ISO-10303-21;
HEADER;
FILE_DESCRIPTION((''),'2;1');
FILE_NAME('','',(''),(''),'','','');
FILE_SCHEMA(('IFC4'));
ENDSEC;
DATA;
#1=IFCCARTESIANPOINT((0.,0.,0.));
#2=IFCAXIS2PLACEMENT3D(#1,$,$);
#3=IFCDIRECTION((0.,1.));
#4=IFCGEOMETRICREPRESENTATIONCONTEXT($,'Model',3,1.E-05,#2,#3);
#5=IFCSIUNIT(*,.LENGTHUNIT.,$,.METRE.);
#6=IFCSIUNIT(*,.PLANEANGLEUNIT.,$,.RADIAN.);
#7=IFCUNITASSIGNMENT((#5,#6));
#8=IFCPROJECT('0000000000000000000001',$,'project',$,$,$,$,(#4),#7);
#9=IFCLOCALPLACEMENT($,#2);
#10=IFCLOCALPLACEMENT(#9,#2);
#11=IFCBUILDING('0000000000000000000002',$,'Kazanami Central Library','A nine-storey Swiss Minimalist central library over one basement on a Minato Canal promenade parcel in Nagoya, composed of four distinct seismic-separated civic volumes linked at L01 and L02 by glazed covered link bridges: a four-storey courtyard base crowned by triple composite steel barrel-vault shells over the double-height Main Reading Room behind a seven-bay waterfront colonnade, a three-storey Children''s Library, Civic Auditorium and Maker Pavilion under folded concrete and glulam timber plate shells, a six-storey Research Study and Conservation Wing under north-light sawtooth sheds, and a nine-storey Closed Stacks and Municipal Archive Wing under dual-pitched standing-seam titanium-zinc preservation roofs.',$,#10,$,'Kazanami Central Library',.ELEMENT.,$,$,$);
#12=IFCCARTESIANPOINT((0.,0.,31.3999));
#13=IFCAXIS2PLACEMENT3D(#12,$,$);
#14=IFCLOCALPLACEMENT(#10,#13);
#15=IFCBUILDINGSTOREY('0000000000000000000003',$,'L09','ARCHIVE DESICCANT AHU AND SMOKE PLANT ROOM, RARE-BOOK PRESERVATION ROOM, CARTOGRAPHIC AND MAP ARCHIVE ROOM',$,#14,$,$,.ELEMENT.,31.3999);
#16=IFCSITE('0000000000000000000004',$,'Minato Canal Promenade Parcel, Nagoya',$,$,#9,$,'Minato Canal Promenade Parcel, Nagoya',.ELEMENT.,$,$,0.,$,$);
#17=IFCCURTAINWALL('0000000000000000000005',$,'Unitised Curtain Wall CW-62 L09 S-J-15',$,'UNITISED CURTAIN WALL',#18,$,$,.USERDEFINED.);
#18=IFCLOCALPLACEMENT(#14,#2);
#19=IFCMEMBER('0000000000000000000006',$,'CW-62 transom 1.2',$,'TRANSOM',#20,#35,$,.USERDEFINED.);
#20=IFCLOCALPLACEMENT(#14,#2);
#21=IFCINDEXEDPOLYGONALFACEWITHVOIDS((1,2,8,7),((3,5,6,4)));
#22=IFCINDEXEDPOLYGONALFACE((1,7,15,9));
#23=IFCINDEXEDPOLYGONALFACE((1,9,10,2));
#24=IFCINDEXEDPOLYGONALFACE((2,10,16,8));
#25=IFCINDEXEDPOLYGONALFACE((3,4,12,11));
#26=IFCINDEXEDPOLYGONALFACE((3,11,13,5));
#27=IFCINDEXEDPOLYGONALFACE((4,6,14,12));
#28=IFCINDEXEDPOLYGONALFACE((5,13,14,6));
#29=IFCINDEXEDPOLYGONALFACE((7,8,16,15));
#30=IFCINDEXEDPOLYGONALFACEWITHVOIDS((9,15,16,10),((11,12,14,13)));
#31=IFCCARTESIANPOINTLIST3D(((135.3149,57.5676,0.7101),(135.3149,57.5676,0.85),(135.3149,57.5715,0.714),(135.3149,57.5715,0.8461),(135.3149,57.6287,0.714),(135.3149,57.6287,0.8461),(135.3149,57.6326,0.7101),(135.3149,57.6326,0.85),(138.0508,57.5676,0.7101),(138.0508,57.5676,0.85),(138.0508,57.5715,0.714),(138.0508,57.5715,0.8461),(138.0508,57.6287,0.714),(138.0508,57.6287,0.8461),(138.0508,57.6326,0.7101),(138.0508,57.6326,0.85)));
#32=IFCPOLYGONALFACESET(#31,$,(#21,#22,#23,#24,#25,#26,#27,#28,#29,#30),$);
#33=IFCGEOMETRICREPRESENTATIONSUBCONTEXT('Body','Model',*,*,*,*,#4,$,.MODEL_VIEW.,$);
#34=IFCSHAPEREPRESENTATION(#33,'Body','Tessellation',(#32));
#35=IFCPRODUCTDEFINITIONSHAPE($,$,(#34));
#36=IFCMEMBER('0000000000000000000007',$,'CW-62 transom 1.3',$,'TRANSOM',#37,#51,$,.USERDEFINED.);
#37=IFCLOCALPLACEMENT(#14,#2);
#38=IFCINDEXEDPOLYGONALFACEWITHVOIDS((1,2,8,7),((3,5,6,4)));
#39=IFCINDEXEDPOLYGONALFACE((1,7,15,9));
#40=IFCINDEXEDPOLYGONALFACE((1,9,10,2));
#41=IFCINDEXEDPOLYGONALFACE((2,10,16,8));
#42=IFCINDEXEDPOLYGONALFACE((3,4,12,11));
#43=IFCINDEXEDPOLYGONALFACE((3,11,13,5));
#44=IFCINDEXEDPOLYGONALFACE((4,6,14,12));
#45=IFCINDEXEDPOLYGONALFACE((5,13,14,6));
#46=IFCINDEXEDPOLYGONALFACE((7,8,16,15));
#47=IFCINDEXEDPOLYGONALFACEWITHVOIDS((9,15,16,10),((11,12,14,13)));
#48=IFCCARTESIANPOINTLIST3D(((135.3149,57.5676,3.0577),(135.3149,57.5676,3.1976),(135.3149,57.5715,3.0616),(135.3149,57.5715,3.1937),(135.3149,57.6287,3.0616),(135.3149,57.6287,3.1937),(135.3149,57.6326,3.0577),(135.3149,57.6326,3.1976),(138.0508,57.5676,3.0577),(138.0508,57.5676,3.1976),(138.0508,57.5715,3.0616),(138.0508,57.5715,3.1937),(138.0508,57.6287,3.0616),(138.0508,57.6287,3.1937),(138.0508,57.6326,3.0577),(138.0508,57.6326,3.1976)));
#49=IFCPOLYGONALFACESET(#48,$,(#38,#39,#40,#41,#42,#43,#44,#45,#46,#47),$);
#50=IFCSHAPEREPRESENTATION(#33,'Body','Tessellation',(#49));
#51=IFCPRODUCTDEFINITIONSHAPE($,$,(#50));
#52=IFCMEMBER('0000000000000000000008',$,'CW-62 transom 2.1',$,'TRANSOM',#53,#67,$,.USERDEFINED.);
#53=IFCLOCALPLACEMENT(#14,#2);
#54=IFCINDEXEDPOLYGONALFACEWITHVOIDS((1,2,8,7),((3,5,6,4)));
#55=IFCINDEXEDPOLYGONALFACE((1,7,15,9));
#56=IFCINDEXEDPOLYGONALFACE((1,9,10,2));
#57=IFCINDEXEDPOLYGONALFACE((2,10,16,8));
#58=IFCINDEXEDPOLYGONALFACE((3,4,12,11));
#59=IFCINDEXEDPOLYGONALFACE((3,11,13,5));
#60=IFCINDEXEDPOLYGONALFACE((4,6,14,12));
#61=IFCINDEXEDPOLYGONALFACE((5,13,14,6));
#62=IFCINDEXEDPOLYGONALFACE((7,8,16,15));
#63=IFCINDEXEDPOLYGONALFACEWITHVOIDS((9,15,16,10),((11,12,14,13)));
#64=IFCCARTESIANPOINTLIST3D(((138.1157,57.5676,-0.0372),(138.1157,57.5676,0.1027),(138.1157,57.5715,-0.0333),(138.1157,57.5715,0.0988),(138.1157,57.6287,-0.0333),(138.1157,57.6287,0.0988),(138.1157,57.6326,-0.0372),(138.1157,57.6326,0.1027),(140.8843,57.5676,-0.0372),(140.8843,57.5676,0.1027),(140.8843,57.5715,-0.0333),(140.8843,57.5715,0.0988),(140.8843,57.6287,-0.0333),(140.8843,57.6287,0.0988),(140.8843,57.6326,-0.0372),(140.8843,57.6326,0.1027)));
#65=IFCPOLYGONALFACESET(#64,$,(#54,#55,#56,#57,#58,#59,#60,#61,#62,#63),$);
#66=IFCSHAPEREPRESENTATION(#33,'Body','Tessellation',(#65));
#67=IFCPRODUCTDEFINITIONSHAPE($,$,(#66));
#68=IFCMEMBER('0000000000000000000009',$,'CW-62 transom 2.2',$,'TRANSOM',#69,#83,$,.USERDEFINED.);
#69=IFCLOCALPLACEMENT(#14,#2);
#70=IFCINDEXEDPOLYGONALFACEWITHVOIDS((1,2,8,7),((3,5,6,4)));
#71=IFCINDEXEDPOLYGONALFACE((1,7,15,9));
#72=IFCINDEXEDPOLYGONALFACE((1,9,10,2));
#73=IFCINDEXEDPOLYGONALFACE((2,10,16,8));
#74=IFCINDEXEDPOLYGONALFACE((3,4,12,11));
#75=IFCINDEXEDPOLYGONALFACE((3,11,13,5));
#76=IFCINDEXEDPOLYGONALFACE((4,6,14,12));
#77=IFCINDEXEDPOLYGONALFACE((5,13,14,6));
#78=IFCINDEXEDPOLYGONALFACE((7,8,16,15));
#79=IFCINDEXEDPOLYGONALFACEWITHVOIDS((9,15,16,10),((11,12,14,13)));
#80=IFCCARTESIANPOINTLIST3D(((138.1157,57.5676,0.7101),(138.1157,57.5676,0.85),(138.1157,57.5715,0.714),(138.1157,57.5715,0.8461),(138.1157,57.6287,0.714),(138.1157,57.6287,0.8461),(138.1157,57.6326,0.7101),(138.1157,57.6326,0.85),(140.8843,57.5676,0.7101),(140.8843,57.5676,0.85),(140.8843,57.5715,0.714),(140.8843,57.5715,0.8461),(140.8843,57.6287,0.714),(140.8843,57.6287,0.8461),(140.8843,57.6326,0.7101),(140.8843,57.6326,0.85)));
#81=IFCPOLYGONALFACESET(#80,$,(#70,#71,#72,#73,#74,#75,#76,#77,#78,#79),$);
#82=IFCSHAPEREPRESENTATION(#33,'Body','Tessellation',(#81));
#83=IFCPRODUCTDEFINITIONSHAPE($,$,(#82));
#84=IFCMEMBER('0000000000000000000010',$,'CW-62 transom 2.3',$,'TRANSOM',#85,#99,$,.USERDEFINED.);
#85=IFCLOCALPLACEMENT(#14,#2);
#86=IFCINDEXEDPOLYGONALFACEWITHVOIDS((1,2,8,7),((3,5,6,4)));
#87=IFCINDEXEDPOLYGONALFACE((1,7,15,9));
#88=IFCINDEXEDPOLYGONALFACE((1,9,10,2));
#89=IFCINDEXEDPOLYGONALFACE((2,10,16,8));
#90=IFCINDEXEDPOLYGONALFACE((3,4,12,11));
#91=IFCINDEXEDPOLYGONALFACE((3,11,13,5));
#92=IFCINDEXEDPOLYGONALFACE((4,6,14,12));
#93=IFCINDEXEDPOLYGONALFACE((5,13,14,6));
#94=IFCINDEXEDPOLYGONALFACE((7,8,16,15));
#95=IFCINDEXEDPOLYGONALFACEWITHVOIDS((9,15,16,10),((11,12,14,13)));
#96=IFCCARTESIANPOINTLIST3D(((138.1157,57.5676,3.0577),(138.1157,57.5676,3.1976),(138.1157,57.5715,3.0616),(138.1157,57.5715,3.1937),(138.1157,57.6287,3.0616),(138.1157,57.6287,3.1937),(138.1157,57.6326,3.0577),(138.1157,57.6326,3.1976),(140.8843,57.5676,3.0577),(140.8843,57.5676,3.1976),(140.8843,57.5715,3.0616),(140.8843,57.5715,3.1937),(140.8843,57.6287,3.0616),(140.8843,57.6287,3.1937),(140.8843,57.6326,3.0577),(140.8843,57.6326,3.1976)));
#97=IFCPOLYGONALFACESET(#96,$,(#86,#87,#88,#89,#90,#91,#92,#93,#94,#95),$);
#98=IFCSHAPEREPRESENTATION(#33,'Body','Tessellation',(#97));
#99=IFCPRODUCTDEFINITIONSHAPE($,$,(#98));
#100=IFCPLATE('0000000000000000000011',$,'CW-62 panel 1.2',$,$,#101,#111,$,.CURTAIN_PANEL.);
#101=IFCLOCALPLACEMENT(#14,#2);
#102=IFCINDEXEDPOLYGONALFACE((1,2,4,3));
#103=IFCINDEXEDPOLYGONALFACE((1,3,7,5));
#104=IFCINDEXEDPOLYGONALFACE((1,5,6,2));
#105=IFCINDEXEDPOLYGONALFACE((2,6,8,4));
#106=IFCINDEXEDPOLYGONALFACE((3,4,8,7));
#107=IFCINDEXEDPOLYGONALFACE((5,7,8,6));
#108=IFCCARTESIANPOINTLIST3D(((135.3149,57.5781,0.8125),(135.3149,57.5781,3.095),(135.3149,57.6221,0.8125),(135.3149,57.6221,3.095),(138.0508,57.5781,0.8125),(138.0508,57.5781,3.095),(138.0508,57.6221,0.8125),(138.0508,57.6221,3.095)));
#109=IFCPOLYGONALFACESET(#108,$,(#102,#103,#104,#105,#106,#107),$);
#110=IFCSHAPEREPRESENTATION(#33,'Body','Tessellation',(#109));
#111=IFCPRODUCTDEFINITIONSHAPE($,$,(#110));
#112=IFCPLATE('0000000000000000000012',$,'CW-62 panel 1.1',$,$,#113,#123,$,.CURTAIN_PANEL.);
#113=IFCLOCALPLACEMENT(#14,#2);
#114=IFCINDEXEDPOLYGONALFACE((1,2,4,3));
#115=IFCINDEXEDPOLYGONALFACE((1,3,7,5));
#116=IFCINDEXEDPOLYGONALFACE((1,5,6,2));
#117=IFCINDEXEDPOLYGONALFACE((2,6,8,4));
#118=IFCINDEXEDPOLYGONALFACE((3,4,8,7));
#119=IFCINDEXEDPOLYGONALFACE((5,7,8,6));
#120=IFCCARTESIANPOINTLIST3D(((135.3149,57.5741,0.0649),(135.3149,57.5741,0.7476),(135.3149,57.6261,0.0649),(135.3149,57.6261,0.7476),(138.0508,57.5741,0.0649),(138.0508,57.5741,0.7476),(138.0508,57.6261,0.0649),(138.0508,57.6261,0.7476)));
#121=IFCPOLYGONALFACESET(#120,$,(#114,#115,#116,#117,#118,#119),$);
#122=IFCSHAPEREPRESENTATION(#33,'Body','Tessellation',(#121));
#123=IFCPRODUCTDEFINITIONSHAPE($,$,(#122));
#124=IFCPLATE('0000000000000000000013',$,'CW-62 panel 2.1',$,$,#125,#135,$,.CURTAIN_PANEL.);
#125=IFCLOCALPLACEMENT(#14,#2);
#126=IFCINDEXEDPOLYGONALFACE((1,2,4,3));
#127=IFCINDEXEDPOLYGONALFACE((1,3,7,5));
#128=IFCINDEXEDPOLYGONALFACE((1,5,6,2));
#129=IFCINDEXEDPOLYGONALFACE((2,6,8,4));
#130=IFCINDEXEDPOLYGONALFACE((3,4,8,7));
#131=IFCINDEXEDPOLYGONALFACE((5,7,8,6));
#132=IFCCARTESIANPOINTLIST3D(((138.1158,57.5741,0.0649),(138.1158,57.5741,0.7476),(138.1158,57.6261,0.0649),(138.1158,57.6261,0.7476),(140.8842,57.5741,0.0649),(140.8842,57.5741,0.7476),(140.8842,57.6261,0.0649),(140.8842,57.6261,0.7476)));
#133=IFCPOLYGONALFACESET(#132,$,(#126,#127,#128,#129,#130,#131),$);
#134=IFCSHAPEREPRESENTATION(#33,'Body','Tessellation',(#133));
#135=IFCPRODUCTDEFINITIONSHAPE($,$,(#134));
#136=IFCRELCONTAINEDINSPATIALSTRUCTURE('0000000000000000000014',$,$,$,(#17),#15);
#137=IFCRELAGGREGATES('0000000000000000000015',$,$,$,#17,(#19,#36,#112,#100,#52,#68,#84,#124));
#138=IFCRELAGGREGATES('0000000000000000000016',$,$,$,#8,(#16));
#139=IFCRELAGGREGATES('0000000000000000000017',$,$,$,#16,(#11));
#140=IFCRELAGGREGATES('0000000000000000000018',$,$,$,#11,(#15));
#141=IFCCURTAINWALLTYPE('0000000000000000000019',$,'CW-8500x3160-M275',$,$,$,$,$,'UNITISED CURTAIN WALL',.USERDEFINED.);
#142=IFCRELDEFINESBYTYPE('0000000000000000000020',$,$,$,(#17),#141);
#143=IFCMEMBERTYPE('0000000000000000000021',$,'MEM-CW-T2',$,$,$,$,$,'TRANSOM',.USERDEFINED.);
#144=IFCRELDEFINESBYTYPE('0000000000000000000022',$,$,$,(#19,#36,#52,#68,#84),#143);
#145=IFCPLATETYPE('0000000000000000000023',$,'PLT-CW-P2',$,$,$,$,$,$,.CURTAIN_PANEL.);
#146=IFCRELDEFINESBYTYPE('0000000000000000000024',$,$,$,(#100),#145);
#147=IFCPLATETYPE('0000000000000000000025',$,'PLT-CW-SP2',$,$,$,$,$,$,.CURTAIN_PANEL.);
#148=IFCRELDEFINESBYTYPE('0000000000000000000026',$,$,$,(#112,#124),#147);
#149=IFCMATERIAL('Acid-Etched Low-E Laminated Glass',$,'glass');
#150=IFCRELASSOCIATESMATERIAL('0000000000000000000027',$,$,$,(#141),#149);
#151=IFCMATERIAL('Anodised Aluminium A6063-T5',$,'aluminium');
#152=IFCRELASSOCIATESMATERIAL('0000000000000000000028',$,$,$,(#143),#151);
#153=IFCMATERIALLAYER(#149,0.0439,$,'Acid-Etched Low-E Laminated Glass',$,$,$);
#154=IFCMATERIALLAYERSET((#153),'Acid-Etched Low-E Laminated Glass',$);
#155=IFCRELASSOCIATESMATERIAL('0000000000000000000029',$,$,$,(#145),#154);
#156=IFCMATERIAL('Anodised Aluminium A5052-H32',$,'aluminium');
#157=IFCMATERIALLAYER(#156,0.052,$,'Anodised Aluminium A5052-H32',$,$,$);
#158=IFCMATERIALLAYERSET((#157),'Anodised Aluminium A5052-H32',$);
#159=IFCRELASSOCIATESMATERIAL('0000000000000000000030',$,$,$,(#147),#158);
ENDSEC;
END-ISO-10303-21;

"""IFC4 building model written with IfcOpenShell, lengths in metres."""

from ifc_helpers import new_model, si_unit, direction, frame, origin, origin_2d, place, context, subcontext, project, spatial, rectangle, hollow_rectangle, extrude, material, layer, layer_set, material_profile, profile_set, type_object, element, aggregate, save


model = new_model("IFC4")

# Units and contexts
model_context = context("Model", 3, precision=1e-05, world=origin(), true_north=direction((0.0, 1.0)))
body_context = subcontext(model_context, "Body", "Model", "MODEL_VIEW")
ifc_project = project(units=[si_unit("LENGTHUNIT", "METRE"), si_unit("PLANEANGLEUNIT", "RADIAN")], contexts=[model_context])

# Site, building, storey
site_placement = place(None, origin())
site = spatial("IfcSite", under=ifc_project, at=site_placement, Name="Minato Canal Promenade Parcel, Nagoya", LongName="Minato Canal Promenade Parcel, Nagoya", CompositionType="ELEMENT", RefElevation=0.0)
building_placement = place(site_placement, origin())
building = spatial("IfcBuilding", under=site, at=building_placement, Name="Kazanami Central Library", Description="A nine-storey Swiss Minimalist central library over one basement on a Minato Canal promenade parcel in Nagoya, composed of four distinct seismic-separated civic volumes linked at L01 and L02 by glazed covered link bridges: a four-storey courtyard base crowned by triple composite steel barrel-vault shells over the double-height Main Reading Room behind a seven-bay waterfront colonnade, a three-storey Children's Library, Civic Auditorium and Maker Pavilion under folded concrete and glulam timber plate shells, a six-storey Research Study and Conservation Wing under north-light sawtooth sheds, and a nine-storey Closed Stacks and Municipal Archive Wing under dual-pitched standing-seam titanium-zinc preservation roofs.", LongName="Kazanami Central Library", CompositionType="ELEMENT")
storey_placement = place(building_placement, frame((0.0, 0.0, 31.3999)))
storey = spatial("IfcBuildingStorey", under=building, at=storey_placement, Name="L09", Description="ARCHIVE DESICCANT AHU AND SMOKE PLANT ROOM, RARE-BOOK PRESERVATION ROOM, CARTOGRAPHIC AND MAP ARCHIVE ROOM", CompositionType="ELEMENT", Elevation=31.3999)

# Curtain wall, members, plates
ifc_material_1 = material(Name="Acid-Etched Low-E Laminated Glass", Category="glass")
curtain_wall_type = type_object("IfcCurtainWallType", Name="CW-8500x3160-M275", ElementType="UNITISED CURTAIN WALL", PredefinedType="USERDEFINED", material=ifc_material_1)
curtain_wall_placement = place(storey_placement, origin())
curtain_wall = element("IfcCurtainWall", 1, at=curtain_wall_placement, inside=storey, type_object=curtain_wall_type, Name="Unitised Curtain Wall CW-62 L09 S-J-15", ObjectType="UNITISED CURTAIN WALL", PredefinedType="USERDEFINED")
ifc_material_2 = material(Name="Anodised Aluminium A6063-T5", Category="aluminium")
ifc_material_profile_1 = material_profile(ifc_material_2, hollow_rectangle(XDim=0.0649, YDim=0.1399, WallThickness=0.0039, at=origin_2d()), Name="ALU-TRAN-65x140x4")
ifc_profile_set_1 = profile_set([ifc_material_profile_1], Name="Anodised Aluminium A6063-T5")
member_type_1 = type_object("IfcMemberType", Name="MEM-CW-T2", ElementType="TRANSOM", PredefinedType="USERDEFINED", material=ifc_profile_set_1)
member_1_placement = place(storey_placement, frame((135.3149, 57.6001, 0.78), z_axis=(1.0, 0.0, 0.0), x_axis=(0.0, 1.0, 0.0)))
member_1 = element("IfcMember", 2, at=member_1_placement, type_object=member_type_1, Name="CW-62 transom 1.2", ObjectType="TRANSOM", PredefinedType="USERDEFINED", context=body_context, shape_type="SweptSolid", body=[
    extrude(hollow_rectangle(XDim=0.0649, YDim=0.1399, WallThickness=0.0039, at=origin_2d()), origin(), (0.0, 0.0, 1.0), 2.7358),
])
member_2_placement = place(storey_placement, frame((135.3149, 57.6001, 3.1277), z_axis=(1.0, 0.0, 0.0), x_axis=(0.0, 1.0, 0.0)))
member_2 = element("IfcMember", 3, at=member_2_placement, type_object=member_type_1, Name="CW-62 transom 1.3", ObjectType="TRANSOM", PredefinedType="USERDEFINED", context=body_context, shape_type="SweptSolid", body=[
    extrude(hollow_rectangle(XDim=0.0649, YDim=0.1399, WallThickness=0.0039, at=origin_2d()), origin(), (0.0, 0.0, 1.0), 2.7358),
])
member_3_placement = place(storey_placement, frame((138.1157, 57.6001, 0.0327), z_axis=(1.0, 0.0, 0.0), x_axis=(0.0, 1.0, 0.0)))
member_3 = element("IfcMember", 4, at=member_3_placement, type_object=member_type_1, Name="CW-62 transom 2.1", ObjectType="TRANSOM", PredefinedType="USERDEFINED", context=body_context, shape_type="SweptSolid", body=[
    extrude(hollow_rectangle(XDim=0.0649, YDim=0.1399, WallThickness=0.0039, at=origin_2d()), origin(), (0.0, 0.0, 1.0), 2.7686),
])
member_4_placement = place(storey_placement, frame((138.1157, 57.6001, 0.78), z_axis=(1.0, 0.0, 0.0), x_axis=(0.0, 1.0, 0.0)))
member_4 = element("IfcMember", 5, at=member_4_placement, type_object=member_type_1, Name="CW-62 transom 2.2", ObjectType="TRANSOM", PredefinedType="USERDEFINED", context=body_context, shape_type="SweptSolid", body=[
    extrude(hollow_rectangle(XDim=0.0649, YDim=0.1399, WallThickness=0.0039, at=origin_2d()), origin(), (0.0, 0.0, 1.0), 2.7686),
])
member_5_placement = place(storey_placement, frame((138.1157, 57.6001, 3.1277), z_axis=(1.0, 0.0, 0.0), x_axis=(0.0, 1.0, 0.0)))
member_5 = element("IfcMember", 6, at=member_5_placement, type_object=member_type_1, Name="CW-62 transom 2.3", ObjectType="TRANSOM", PredefinedType="USERDEFINED", context=body_context, shape_type="SweptSolid", body=[
    extrude(hollow_rectangle(XDim=0.0649, YDim=0.1399, WallThickness=0.0039, at=origin_2d()), origin(), (0.0, 0.0, 1.0), 2.7686),
])
ifc_layer_1 = layer(ifc_material_1, 0.0439, Name="Acid-Etched Low-E Laminated Glass")
ifc_layer_set_1 = layer_set([ifc_layer_1], Name="Acid-Etched Low-E Laminated Glass")
plate_type_1 = type_object("IfcPlateType", Name="PLT-CW-P2", PredefinedType="CURTAIN_PANEL", material=ifc_layer_set_1)
plate_1_placement = place(storey_placement, frame((136.6829, 57.6001, 0.8125), z_axis=(0.0, 0.0, 1.0), x_axis=(1.0, 0.0, 0.0)))
plate_1 = element("IfcPlate", 7, at=plate_1_placement, type_object=plate_type_1, Name="CW-62 panel 1.2", PredefinedType="CURTAIN_PANEL", context=body_context, shape_type="SweptSolid", body=[
    extrude(rectangle(XDim=2.7358, YDim=0.0439, at=origin_2d()), origin(), (0.0, 0.0, 1.0), 2.2825),
])
ifc_material_3 = material(Name="Anodised Aluminium A5052-H32", Category="aluminium")
ifc_layer_2 = layer(ifc_material_3, 0.052, Name="Anodised Aluminium A5052-H32")
ifc_layer_set_2 = layer_set([ifc_layer_2], Name="Anodised Aluminium A5052-H32")
plate_type_2 = type_object("IfcPlateType", Name="PLT-CW-SP2", PredefinedType="CURTAIN_PANEL", material=ifc_layer_set_2)
plate_2_placement = place(storey_placement, frame((136.6829, 57.6001, 0.0649), z_axis=(0.0, 0.0, 1.0), x_axis=(1.0, 0.0, 0.0)))
plate_2 = element("IfcPlate", 8, at=plate_2_placement, type_object=plate_type_2, Name="CW-62 panel 1.1", PredefinedType="CURTAIN_PANEL", context=body_context, shape_type="SweptSolid", body=[
    extrude(rectangle(XDim=2.7358, YDim=0.052, at=origin_2d()), origin(), (0.0, 0.0, 1.0), 0.6826),
])
plate_3_placement = place(storey_placement, frame((139.5, 57.6001, 0.0649), z_axis=(0.0, 0.0, 1.0), x_axis=(1.0, 0.0, 0.0)))
plate_3 = element("IfcPlate", 9, at=plate_3_placement, type_object=plate_type_2, Name="CW-62 panel 2.1", PredefinedType="CURTAIN_PANEL", context=body_context, shape_type="SweptSolid", body=[
    extrude(rectangle(XDim=2.7683, YDim=0.052, at=origin_2d()), origin(), (0.0, 0.0, 1.0), 0.6826),
])
aggregate(curtain_wall, [member_1, member_2, plate_2, plate_1, member_3, member_4, member_5, plate_3])

save(model, "model.ifc")
